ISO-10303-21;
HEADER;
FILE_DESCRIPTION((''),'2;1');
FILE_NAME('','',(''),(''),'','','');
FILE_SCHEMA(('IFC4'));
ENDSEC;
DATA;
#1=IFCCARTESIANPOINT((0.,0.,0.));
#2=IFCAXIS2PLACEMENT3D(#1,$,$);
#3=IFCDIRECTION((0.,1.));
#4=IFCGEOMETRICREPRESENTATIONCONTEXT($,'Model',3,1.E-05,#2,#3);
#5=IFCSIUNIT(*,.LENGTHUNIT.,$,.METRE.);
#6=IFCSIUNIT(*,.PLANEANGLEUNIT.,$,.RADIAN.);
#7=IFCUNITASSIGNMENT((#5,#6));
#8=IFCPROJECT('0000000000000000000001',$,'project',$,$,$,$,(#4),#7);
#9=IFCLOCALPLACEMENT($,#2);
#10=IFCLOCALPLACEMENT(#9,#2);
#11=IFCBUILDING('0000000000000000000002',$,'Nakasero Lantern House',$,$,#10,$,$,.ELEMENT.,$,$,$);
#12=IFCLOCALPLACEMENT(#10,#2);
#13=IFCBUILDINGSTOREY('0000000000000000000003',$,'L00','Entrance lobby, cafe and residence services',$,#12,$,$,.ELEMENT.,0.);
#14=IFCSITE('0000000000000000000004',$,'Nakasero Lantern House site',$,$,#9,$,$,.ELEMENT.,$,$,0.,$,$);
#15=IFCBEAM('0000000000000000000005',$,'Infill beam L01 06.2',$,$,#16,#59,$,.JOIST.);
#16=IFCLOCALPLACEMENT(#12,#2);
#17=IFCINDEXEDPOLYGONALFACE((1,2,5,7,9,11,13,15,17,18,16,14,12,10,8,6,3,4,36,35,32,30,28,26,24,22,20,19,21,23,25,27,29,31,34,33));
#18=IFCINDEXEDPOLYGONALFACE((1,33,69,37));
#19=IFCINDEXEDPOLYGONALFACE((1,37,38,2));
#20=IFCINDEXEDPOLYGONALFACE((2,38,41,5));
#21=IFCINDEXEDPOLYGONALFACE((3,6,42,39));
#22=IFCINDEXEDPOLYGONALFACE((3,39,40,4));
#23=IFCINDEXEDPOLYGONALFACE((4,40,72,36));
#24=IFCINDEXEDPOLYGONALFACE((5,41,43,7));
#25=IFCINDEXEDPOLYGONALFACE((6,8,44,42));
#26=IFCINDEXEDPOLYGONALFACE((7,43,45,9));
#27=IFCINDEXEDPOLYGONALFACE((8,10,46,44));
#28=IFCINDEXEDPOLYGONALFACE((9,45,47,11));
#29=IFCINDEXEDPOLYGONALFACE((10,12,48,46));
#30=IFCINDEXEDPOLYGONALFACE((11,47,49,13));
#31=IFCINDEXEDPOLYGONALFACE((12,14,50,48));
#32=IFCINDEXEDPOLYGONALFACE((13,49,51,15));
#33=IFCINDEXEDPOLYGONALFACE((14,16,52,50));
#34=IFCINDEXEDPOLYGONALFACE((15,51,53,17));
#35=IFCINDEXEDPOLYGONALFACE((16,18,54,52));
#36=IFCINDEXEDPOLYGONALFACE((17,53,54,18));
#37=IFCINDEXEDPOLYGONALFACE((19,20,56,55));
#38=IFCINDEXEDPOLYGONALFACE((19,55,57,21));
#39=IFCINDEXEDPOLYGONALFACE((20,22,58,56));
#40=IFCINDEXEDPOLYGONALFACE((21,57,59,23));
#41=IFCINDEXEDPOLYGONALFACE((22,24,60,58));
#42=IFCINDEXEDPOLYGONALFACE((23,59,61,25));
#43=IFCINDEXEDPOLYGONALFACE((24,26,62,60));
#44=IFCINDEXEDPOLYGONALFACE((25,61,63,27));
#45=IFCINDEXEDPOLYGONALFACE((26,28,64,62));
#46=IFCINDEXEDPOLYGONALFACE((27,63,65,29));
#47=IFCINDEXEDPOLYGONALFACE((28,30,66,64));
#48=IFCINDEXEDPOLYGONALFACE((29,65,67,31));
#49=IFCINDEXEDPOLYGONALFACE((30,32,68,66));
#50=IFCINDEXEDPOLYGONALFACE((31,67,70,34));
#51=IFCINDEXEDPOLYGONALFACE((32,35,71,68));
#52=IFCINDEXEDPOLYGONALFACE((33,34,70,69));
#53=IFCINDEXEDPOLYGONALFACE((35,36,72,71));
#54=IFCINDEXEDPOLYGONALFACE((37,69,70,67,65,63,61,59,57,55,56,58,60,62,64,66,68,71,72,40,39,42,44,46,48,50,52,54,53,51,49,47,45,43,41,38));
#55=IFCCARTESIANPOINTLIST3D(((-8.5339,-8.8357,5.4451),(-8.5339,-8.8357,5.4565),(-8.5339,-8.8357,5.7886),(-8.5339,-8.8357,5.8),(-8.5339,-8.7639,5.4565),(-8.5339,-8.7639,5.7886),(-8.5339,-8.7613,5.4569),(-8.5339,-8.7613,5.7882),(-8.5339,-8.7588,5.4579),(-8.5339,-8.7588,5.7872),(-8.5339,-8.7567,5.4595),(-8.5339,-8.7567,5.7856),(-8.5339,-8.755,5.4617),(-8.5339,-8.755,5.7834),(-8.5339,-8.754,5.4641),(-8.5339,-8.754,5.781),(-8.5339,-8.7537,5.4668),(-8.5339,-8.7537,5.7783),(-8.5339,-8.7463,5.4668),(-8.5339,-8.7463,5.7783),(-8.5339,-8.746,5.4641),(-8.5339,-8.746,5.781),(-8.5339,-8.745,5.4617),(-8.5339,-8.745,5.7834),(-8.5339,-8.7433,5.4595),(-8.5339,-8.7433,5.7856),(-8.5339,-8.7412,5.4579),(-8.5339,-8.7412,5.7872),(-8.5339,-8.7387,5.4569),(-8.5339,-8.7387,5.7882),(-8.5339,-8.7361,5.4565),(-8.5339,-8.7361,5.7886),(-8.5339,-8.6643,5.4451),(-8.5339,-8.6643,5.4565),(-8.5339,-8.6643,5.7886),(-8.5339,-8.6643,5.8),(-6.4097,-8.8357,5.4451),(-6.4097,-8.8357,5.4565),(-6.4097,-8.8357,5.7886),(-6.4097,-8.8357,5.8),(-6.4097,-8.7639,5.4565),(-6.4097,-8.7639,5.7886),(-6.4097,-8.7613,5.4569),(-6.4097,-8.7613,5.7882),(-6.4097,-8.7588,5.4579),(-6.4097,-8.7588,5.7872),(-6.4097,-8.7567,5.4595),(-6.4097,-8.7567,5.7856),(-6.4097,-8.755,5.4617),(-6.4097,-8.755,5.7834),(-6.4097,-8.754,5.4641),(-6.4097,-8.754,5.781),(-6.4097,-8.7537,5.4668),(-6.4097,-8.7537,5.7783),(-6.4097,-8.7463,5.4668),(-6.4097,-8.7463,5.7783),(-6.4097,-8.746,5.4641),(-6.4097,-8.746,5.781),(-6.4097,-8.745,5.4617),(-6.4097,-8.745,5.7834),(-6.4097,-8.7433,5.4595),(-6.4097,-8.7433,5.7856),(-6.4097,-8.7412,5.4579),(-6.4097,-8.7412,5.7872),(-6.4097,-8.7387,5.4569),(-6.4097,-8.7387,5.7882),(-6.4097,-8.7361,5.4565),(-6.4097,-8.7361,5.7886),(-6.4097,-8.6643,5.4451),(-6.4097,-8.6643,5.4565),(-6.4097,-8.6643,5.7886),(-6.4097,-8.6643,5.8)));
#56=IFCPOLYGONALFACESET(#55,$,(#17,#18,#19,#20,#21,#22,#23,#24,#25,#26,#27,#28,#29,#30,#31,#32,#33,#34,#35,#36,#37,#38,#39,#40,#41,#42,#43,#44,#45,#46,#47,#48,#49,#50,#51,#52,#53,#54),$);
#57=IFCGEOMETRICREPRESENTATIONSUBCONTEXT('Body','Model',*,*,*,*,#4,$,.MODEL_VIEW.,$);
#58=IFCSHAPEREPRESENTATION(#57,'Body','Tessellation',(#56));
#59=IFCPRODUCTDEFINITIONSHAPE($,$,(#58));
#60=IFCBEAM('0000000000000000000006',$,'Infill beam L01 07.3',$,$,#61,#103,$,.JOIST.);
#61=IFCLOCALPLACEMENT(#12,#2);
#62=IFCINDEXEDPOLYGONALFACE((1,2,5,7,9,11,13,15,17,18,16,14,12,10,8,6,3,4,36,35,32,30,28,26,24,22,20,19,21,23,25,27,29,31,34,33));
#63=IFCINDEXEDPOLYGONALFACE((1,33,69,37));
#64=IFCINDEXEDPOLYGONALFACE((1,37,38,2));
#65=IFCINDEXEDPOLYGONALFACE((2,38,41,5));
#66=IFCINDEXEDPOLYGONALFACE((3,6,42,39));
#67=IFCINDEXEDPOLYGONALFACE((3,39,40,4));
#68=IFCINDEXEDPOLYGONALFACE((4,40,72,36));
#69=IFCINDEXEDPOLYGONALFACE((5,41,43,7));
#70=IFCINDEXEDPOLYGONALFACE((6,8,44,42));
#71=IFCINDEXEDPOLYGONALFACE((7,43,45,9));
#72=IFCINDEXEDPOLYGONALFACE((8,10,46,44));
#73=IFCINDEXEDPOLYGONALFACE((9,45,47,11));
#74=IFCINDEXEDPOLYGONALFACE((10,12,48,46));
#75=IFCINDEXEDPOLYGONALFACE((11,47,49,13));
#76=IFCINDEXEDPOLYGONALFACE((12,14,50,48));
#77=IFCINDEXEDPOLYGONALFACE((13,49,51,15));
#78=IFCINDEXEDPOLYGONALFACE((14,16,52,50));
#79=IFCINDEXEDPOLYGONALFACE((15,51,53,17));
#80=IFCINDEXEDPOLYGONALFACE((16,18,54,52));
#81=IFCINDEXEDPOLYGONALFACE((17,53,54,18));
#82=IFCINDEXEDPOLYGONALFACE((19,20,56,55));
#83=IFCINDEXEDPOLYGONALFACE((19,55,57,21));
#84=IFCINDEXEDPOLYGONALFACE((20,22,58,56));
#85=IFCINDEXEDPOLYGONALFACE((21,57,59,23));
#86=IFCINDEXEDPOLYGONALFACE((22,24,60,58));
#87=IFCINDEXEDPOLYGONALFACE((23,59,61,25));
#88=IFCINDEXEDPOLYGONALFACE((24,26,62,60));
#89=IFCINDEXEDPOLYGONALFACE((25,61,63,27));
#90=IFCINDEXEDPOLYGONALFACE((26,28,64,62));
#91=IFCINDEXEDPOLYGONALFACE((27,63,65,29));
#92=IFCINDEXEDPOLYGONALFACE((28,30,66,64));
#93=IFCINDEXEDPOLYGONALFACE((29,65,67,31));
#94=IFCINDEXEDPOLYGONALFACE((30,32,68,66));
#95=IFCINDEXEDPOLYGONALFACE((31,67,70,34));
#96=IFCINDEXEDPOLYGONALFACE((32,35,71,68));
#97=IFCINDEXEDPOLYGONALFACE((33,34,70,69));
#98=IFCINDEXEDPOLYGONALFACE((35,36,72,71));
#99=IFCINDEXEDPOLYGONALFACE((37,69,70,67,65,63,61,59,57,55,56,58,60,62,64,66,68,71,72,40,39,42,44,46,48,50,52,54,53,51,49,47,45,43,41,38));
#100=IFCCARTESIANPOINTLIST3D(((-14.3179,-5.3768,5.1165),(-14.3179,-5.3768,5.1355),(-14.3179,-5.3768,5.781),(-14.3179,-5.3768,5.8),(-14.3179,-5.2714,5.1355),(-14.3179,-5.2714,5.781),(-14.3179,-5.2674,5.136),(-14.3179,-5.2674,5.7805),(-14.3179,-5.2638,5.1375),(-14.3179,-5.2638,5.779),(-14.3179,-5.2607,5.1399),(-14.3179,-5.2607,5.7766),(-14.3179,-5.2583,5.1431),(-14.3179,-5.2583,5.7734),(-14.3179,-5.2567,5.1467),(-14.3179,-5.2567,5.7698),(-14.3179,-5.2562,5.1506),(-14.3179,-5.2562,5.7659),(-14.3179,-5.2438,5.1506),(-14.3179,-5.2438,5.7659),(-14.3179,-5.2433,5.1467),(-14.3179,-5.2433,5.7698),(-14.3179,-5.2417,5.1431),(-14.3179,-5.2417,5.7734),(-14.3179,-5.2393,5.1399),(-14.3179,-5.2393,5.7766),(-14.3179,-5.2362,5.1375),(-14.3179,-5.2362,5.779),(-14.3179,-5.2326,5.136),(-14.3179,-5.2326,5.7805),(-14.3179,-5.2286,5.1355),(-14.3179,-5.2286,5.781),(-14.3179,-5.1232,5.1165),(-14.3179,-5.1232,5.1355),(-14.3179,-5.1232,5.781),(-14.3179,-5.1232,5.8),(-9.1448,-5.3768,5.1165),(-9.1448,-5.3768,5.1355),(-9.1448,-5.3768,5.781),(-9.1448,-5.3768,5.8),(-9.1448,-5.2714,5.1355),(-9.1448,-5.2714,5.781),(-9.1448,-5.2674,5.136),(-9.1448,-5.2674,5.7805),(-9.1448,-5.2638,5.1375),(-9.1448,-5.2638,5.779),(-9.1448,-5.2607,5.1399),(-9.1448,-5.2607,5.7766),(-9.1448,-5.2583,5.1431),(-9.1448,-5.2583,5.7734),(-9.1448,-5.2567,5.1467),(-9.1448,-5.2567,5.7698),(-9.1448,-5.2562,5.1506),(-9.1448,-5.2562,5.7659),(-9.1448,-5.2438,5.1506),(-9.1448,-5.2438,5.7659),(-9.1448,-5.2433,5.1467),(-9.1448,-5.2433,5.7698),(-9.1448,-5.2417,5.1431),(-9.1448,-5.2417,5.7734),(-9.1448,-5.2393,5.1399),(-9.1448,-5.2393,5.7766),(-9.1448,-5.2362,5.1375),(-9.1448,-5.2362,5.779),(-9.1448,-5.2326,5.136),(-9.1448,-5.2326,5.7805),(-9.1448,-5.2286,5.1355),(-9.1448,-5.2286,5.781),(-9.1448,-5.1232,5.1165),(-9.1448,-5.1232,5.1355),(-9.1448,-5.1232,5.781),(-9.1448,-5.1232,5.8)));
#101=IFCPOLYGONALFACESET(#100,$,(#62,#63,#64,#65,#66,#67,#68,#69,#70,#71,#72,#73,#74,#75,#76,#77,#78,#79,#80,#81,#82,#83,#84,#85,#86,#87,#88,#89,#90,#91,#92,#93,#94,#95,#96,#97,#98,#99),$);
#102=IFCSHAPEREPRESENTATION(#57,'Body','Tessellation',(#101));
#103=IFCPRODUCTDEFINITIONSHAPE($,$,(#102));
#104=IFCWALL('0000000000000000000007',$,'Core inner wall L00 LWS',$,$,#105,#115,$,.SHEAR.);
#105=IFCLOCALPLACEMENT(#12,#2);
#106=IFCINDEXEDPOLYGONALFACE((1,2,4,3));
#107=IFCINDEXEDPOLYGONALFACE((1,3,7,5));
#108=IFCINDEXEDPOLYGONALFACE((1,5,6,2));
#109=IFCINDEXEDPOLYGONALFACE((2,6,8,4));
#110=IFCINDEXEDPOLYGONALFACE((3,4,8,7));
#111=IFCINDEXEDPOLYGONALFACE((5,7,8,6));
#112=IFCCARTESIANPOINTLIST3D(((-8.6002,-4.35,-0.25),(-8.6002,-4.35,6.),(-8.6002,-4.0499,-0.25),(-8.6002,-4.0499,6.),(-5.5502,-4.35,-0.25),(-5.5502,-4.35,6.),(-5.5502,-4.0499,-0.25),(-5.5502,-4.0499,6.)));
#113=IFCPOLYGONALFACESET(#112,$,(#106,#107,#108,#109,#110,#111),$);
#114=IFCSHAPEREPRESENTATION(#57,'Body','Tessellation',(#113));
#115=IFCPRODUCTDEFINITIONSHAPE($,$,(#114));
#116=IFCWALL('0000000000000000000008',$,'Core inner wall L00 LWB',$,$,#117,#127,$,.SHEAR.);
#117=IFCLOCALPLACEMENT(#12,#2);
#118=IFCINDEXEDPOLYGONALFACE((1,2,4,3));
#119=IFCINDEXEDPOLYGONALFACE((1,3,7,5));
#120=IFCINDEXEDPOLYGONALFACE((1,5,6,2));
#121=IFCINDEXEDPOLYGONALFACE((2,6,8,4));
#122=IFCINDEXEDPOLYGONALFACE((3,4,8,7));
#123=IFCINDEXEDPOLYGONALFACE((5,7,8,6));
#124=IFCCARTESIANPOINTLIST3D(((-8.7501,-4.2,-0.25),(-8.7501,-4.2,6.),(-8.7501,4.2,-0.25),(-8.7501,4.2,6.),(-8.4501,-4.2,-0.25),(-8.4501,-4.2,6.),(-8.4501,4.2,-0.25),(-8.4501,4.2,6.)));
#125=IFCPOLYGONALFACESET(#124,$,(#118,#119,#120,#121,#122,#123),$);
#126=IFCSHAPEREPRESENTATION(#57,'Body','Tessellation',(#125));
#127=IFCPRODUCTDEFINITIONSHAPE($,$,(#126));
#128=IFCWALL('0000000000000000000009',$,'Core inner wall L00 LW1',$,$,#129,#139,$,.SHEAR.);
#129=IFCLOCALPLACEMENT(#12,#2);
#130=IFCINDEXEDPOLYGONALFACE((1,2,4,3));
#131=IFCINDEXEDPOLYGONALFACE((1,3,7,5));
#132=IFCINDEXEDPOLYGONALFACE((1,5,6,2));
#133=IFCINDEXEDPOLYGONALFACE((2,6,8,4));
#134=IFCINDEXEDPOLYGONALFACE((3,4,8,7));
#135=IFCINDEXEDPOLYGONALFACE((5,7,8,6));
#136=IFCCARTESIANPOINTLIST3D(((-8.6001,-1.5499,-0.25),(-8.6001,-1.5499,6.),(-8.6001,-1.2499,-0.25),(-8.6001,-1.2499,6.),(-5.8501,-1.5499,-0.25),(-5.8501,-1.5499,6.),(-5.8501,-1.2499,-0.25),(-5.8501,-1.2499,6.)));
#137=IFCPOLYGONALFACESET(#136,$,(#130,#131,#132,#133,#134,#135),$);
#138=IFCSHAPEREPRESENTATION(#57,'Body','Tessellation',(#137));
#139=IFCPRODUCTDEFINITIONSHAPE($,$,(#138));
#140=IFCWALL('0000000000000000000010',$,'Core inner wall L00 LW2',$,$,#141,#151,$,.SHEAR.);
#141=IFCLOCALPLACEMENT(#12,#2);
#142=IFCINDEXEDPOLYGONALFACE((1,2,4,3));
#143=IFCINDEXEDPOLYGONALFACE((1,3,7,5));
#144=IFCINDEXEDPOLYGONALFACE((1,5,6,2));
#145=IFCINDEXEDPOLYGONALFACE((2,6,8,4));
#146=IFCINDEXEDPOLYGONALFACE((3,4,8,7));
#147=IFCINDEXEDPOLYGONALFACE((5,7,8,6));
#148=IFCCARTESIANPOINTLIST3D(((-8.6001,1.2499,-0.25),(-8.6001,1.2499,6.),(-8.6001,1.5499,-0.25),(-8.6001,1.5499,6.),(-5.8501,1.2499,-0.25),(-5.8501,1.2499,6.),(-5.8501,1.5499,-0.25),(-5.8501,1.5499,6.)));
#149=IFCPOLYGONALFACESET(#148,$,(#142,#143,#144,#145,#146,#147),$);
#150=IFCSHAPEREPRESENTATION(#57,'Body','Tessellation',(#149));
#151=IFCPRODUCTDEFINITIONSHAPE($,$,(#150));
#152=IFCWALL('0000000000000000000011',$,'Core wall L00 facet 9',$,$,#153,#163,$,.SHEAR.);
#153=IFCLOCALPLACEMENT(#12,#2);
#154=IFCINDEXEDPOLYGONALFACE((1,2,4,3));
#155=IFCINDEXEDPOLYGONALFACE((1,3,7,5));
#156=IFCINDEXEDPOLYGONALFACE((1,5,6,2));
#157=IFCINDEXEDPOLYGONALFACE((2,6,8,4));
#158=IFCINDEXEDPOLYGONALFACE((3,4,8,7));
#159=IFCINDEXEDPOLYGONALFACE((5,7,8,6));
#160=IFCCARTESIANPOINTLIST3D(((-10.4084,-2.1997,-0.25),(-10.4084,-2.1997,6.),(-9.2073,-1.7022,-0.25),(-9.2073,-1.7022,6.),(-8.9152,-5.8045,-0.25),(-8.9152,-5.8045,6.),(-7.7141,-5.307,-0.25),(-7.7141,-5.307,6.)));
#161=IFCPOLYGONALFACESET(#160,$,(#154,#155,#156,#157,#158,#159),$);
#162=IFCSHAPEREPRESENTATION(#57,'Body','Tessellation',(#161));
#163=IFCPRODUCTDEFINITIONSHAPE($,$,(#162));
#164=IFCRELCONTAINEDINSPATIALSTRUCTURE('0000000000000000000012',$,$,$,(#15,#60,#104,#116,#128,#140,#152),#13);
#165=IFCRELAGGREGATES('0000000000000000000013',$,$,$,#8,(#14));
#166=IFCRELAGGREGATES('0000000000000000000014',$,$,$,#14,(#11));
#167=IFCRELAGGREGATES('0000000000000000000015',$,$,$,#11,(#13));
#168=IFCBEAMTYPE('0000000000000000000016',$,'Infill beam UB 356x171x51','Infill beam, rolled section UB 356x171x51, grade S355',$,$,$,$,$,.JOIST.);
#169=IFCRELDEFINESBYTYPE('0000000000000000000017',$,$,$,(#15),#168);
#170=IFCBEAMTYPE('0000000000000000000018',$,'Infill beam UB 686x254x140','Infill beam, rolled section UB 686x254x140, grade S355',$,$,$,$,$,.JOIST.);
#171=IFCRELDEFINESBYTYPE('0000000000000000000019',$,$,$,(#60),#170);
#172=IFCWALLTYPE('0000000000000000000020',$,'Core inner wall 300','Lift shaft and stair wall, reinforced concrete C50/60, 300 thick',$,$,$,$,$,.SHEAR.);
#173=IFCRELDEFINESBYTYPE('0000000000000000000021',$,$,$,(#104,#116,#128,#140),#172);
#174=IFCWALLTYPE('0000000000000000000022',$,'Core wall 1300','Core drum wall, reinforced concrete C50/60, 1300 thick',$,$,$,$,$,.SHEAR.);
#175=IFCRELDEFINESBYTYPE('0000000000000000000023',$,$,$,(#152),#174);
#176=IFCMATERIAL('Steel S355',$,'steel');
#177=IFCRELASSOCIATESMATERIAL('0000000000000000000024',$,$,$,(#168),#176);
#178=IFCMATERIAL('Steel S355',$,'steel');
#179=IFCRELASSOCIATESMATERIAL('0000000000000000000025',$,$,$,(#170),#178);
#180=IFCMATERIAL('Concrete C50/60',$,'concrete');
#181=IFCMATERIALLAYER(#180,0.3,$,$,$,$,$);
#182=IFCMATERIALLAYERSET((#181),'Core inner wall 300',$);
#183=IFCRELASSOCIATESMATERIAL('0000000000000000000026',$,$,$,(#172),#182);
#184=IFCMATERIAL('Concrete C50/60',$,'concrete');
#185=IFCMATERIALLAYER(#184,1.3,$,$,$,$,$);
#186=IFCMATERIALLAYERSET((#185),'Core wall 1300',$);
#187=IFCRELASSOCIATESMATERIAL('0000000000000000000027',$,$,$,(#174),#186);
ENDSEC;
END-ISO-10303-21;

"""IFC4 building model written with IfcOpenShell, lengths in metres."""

from ifc_helpers import new_model, si_unit, direction, frame, frame_2d, origin, origin_2d, place, context, subcontext, project, spatial, rectangle, i_section, extrude, material, layer, layer_set, material_profile, profile_set, type_object, element, save


model = new_model("IFC4")

# Units and contexts
model_context = context("Model", 3, precision=1e-05, world=origin(), true_north=direction((0.0, 1.0)))
body_context = subcontext(model_context, "Body", "Model", "MODEL_VIEW")
ifc_project = project(units=[si_unit("LENGTHUNIT", "METRE"), si_unit("PLANEANGLEUNIT", "RADIAN")], contexts=[model_context])

# Site, building, storey
site_placement = place(None, origin())
site = spatial("IfcSite", under=ifc_project, at=site_placement, Name="Nakasero Lantern House site", CompositionType="ELEMENT", RefElevation=0.0)
building_placement = place(site_placement, origin())
building = spatial("IfcBuilding", under=site, at=building_placement, Name="Nakasero Lantern House", CompositionType="ELEMENT")
storey_placement = place(building_placement, origin())
storey = spatial("IfcBuildingStorey", under=building, at=storey_placement, Name="L00", Description="Entrance lobby, cafe and residence services", CompositionType="ELEMENT", Elevation=0.0)

# Beams
ifc_material_1 = material(Name="Steel S355", Category="steel")
ifc_material_profile_1 = material_profile(ifc_material_1, i_section(OverallWidth=0.1714, OverallDepth=0.355, WebThickness=0.0073, FlangeThickness=0.0115, FilletRadius=0.0103, at=origin_2d()), Name="UB 356x171x51")
ifc_profile_set_1 = profile_set([ifc_material_profile_1], Name="Steel S355")
beam_type_1 = type_object("IfcBeamType", Name="Infill beam UB 356x171x51", Description="Infill beam, rolled section UB 356x171x51, grade S355", PredefinedType="JOIST", material=ifc_profile_set_1)
beam_1_placement = place(storey_placement, frame((-8.5339, -8.75, 5.6226), z_axis=(1.0, 0.0, 0.0), x_axis=(0.0, 1.0, 0.0)))
element("IfcBeam", 1, at=beam_1_placement, inside=storey, type_object=beam_type_1, Name="Infill beam L01 06.2", PredefinedType="JOIST", context=body_context, shape_type="SweptSolid", body=[
    extrude(i_section(OverallWidth=0.1714, OverallDepth=0.355, WebThickness=0.0073, FlangeThickness=0.0115, FilletRadius=0.0103, at=origin_2d()), origin(), (0.0, 0.0, 1.0), 2.1243),
])
ifc_material_2 = material(Name="Steel S355", Category="steel")
ifc_material_profile_2 = material_profile(ifc_material_2, i_section(OverallWidth=0.2537, OverallDepth=0.6836, WebThickness=0.0125, FlangeThickness=0.019, FilletRadius=0.0151, at=origin_2d()), Name="UB 686x254x140")
ifc_profile_set_2 = profile_set([ifc_material_profile_2], Name="Steel S355")
beam_type_2 = type_object("IfcBeamType", Name="Infill beam UB 686x254x140", Description="Infill beam, rolled section UB 686x254x140, grade S355", PredefinedType="JOIST", material=ifc_profile_set_2)
beam_2_placement = place(storey_placement, frame((-14.3179, -5.25, 5.4583), z_axis=(1.0, 0.0, 0.0), x_axis=(0.0, 1.0, 0.0)))
element("IfcBeam", 2, at=beam_2_placement, inside=storey, type_object=beam_type_2, Name="Infill beam L01 07.3", PredefinedType="JOIST", context=body_context, shape_type="SweptSolid", body=[
    extrude(i_section(OverallWidth=0.2537, OverallDepth=0.6836, WebThickness=0.0125, FlangeThickness=0.019, FilletRadius=0.0151, at=origin_2d()), origin(), (0.0, 0.0, 1.0), 5.1731),
])

# Walls
ifc_material_3 = material(Name="Concrete C50/60", Category="concrete")
ifc_layer_1 = layer(ifc_material_3, 0.3)
ifc_layer_set_1 = layer_set([ifc_layer_1], Name="Core inner wall 300")
wall_type_1 = type_object("IfcWallType", Name="Core inner wall 300", Description="Lift shaft and stair wall, reinforced concrete C50/60, 300 thick", PredefinedType="SHEAR", material=ifc_layer_set_1)
wall_1_placement = place(storey_placement, frame((-8.6001, -4.2, -0.25), z_axis=(0.0, 0.0, 1.0), x_axis=(1.0, 0.0, 0.0)))
element("IfcWall", 3, at=wall_1_placement, inside=storey, type_object=wall_type_1, Name="Core inner wall L00 LWS", PredefinedType="SHEAR", context=body_context, shape_type="SweptSolid", body=[
    extrude(rectangle(XDim=3.05, YDim=0.3, at=frame_2d((1.5249, 0.0))), origin(), (0.0, 0.0, 1.0), 6.25),
])
wall_2_placement = place(storey_placement, frame((-8.6001, -4.2, -0.25), z_axis=(0.0, 0.0, 1.0), x_axis=(0.0, 1.0, 0.0)))
element("IfcWall", 4, at=wall_2_placement, inside=storey, type_object=wall_type_1, Name="Core inner wall L00 LWB", PredefinedType="SHEAR", context=body_context, shape_type="SweptSolid", body=[
    extrude(rectangle(XDim=8.3999, YDim=0.3, at=frame_2d((4.2, 0.0))), origin(), (0.0, 0.0, 1.0), 6.25),
])
for number, where, z_axis, x_axis, name in (
    (5, (-8.6001, -1.3999, -0.25), (0.0, 0.0, 1.0), (1.0, 0.0, 0.0), "Core inner wall L00 LW1"),
    (6, (-8.6001, 1.3999, -0.25), (0.0, 0.0, 1.0), (1.0, 0.0, 0.0), "Core inner wall L00 LW2"),
):
    element("IfcWall", number, at=place(storey_placement, frame(where, z_axis=z_axis, x_axis=x_axis)), inside=storey, type_object=wall_type_1, Name=name, PredefinedType="SHEAR", context=body_context, shape_type="SweptSolid", body=[
        extrude(rectangle(XDim=2.75, YDim=0.3, at=frame_2d((1.375, 0.0))), origin(), (0.0, 0.0, 1.0), 6.25),
    ])
ifc_material_4 = material(Name="Concrete C50/60", Category="concrete")
ifc_layer_2 = layer(ifc_material_4, 1.3)
ifc_layer_set_2 = layer_set([ifc_layer_2], Name="Core wall 1300")
wall_type_2 = type_object("IfcWallType", Name="Core wall 1300", Description="Core drum wall, reinforced concrete C50/60, 1300 thick", PredefinedType="SHEAR", material=ifc_layer_set_2)
wall_3_placement = place(storey_placement, frame((-9.8079, -1.9509, -0.25), z_axis=(0.0, 0.0, 1.0), x_axis=(0.382691, -0.923877, 0.0)))
element("IfcWall", 7, at=wall_3_placement, inside=storey, type_object=wall_type_2, Name="Core wall L00 facet 9", PredefinedType="SHEAR", context=body_context, shape_type="SweptSolid", body=[
    extrude(rectangle(XDim=3.9019, YDim=1.3, at=frame_2d((1.9509, 0.0))), origin(), (0.0, 0.0, 1.0), 6.25),
])

save(model, "model.ifc")
